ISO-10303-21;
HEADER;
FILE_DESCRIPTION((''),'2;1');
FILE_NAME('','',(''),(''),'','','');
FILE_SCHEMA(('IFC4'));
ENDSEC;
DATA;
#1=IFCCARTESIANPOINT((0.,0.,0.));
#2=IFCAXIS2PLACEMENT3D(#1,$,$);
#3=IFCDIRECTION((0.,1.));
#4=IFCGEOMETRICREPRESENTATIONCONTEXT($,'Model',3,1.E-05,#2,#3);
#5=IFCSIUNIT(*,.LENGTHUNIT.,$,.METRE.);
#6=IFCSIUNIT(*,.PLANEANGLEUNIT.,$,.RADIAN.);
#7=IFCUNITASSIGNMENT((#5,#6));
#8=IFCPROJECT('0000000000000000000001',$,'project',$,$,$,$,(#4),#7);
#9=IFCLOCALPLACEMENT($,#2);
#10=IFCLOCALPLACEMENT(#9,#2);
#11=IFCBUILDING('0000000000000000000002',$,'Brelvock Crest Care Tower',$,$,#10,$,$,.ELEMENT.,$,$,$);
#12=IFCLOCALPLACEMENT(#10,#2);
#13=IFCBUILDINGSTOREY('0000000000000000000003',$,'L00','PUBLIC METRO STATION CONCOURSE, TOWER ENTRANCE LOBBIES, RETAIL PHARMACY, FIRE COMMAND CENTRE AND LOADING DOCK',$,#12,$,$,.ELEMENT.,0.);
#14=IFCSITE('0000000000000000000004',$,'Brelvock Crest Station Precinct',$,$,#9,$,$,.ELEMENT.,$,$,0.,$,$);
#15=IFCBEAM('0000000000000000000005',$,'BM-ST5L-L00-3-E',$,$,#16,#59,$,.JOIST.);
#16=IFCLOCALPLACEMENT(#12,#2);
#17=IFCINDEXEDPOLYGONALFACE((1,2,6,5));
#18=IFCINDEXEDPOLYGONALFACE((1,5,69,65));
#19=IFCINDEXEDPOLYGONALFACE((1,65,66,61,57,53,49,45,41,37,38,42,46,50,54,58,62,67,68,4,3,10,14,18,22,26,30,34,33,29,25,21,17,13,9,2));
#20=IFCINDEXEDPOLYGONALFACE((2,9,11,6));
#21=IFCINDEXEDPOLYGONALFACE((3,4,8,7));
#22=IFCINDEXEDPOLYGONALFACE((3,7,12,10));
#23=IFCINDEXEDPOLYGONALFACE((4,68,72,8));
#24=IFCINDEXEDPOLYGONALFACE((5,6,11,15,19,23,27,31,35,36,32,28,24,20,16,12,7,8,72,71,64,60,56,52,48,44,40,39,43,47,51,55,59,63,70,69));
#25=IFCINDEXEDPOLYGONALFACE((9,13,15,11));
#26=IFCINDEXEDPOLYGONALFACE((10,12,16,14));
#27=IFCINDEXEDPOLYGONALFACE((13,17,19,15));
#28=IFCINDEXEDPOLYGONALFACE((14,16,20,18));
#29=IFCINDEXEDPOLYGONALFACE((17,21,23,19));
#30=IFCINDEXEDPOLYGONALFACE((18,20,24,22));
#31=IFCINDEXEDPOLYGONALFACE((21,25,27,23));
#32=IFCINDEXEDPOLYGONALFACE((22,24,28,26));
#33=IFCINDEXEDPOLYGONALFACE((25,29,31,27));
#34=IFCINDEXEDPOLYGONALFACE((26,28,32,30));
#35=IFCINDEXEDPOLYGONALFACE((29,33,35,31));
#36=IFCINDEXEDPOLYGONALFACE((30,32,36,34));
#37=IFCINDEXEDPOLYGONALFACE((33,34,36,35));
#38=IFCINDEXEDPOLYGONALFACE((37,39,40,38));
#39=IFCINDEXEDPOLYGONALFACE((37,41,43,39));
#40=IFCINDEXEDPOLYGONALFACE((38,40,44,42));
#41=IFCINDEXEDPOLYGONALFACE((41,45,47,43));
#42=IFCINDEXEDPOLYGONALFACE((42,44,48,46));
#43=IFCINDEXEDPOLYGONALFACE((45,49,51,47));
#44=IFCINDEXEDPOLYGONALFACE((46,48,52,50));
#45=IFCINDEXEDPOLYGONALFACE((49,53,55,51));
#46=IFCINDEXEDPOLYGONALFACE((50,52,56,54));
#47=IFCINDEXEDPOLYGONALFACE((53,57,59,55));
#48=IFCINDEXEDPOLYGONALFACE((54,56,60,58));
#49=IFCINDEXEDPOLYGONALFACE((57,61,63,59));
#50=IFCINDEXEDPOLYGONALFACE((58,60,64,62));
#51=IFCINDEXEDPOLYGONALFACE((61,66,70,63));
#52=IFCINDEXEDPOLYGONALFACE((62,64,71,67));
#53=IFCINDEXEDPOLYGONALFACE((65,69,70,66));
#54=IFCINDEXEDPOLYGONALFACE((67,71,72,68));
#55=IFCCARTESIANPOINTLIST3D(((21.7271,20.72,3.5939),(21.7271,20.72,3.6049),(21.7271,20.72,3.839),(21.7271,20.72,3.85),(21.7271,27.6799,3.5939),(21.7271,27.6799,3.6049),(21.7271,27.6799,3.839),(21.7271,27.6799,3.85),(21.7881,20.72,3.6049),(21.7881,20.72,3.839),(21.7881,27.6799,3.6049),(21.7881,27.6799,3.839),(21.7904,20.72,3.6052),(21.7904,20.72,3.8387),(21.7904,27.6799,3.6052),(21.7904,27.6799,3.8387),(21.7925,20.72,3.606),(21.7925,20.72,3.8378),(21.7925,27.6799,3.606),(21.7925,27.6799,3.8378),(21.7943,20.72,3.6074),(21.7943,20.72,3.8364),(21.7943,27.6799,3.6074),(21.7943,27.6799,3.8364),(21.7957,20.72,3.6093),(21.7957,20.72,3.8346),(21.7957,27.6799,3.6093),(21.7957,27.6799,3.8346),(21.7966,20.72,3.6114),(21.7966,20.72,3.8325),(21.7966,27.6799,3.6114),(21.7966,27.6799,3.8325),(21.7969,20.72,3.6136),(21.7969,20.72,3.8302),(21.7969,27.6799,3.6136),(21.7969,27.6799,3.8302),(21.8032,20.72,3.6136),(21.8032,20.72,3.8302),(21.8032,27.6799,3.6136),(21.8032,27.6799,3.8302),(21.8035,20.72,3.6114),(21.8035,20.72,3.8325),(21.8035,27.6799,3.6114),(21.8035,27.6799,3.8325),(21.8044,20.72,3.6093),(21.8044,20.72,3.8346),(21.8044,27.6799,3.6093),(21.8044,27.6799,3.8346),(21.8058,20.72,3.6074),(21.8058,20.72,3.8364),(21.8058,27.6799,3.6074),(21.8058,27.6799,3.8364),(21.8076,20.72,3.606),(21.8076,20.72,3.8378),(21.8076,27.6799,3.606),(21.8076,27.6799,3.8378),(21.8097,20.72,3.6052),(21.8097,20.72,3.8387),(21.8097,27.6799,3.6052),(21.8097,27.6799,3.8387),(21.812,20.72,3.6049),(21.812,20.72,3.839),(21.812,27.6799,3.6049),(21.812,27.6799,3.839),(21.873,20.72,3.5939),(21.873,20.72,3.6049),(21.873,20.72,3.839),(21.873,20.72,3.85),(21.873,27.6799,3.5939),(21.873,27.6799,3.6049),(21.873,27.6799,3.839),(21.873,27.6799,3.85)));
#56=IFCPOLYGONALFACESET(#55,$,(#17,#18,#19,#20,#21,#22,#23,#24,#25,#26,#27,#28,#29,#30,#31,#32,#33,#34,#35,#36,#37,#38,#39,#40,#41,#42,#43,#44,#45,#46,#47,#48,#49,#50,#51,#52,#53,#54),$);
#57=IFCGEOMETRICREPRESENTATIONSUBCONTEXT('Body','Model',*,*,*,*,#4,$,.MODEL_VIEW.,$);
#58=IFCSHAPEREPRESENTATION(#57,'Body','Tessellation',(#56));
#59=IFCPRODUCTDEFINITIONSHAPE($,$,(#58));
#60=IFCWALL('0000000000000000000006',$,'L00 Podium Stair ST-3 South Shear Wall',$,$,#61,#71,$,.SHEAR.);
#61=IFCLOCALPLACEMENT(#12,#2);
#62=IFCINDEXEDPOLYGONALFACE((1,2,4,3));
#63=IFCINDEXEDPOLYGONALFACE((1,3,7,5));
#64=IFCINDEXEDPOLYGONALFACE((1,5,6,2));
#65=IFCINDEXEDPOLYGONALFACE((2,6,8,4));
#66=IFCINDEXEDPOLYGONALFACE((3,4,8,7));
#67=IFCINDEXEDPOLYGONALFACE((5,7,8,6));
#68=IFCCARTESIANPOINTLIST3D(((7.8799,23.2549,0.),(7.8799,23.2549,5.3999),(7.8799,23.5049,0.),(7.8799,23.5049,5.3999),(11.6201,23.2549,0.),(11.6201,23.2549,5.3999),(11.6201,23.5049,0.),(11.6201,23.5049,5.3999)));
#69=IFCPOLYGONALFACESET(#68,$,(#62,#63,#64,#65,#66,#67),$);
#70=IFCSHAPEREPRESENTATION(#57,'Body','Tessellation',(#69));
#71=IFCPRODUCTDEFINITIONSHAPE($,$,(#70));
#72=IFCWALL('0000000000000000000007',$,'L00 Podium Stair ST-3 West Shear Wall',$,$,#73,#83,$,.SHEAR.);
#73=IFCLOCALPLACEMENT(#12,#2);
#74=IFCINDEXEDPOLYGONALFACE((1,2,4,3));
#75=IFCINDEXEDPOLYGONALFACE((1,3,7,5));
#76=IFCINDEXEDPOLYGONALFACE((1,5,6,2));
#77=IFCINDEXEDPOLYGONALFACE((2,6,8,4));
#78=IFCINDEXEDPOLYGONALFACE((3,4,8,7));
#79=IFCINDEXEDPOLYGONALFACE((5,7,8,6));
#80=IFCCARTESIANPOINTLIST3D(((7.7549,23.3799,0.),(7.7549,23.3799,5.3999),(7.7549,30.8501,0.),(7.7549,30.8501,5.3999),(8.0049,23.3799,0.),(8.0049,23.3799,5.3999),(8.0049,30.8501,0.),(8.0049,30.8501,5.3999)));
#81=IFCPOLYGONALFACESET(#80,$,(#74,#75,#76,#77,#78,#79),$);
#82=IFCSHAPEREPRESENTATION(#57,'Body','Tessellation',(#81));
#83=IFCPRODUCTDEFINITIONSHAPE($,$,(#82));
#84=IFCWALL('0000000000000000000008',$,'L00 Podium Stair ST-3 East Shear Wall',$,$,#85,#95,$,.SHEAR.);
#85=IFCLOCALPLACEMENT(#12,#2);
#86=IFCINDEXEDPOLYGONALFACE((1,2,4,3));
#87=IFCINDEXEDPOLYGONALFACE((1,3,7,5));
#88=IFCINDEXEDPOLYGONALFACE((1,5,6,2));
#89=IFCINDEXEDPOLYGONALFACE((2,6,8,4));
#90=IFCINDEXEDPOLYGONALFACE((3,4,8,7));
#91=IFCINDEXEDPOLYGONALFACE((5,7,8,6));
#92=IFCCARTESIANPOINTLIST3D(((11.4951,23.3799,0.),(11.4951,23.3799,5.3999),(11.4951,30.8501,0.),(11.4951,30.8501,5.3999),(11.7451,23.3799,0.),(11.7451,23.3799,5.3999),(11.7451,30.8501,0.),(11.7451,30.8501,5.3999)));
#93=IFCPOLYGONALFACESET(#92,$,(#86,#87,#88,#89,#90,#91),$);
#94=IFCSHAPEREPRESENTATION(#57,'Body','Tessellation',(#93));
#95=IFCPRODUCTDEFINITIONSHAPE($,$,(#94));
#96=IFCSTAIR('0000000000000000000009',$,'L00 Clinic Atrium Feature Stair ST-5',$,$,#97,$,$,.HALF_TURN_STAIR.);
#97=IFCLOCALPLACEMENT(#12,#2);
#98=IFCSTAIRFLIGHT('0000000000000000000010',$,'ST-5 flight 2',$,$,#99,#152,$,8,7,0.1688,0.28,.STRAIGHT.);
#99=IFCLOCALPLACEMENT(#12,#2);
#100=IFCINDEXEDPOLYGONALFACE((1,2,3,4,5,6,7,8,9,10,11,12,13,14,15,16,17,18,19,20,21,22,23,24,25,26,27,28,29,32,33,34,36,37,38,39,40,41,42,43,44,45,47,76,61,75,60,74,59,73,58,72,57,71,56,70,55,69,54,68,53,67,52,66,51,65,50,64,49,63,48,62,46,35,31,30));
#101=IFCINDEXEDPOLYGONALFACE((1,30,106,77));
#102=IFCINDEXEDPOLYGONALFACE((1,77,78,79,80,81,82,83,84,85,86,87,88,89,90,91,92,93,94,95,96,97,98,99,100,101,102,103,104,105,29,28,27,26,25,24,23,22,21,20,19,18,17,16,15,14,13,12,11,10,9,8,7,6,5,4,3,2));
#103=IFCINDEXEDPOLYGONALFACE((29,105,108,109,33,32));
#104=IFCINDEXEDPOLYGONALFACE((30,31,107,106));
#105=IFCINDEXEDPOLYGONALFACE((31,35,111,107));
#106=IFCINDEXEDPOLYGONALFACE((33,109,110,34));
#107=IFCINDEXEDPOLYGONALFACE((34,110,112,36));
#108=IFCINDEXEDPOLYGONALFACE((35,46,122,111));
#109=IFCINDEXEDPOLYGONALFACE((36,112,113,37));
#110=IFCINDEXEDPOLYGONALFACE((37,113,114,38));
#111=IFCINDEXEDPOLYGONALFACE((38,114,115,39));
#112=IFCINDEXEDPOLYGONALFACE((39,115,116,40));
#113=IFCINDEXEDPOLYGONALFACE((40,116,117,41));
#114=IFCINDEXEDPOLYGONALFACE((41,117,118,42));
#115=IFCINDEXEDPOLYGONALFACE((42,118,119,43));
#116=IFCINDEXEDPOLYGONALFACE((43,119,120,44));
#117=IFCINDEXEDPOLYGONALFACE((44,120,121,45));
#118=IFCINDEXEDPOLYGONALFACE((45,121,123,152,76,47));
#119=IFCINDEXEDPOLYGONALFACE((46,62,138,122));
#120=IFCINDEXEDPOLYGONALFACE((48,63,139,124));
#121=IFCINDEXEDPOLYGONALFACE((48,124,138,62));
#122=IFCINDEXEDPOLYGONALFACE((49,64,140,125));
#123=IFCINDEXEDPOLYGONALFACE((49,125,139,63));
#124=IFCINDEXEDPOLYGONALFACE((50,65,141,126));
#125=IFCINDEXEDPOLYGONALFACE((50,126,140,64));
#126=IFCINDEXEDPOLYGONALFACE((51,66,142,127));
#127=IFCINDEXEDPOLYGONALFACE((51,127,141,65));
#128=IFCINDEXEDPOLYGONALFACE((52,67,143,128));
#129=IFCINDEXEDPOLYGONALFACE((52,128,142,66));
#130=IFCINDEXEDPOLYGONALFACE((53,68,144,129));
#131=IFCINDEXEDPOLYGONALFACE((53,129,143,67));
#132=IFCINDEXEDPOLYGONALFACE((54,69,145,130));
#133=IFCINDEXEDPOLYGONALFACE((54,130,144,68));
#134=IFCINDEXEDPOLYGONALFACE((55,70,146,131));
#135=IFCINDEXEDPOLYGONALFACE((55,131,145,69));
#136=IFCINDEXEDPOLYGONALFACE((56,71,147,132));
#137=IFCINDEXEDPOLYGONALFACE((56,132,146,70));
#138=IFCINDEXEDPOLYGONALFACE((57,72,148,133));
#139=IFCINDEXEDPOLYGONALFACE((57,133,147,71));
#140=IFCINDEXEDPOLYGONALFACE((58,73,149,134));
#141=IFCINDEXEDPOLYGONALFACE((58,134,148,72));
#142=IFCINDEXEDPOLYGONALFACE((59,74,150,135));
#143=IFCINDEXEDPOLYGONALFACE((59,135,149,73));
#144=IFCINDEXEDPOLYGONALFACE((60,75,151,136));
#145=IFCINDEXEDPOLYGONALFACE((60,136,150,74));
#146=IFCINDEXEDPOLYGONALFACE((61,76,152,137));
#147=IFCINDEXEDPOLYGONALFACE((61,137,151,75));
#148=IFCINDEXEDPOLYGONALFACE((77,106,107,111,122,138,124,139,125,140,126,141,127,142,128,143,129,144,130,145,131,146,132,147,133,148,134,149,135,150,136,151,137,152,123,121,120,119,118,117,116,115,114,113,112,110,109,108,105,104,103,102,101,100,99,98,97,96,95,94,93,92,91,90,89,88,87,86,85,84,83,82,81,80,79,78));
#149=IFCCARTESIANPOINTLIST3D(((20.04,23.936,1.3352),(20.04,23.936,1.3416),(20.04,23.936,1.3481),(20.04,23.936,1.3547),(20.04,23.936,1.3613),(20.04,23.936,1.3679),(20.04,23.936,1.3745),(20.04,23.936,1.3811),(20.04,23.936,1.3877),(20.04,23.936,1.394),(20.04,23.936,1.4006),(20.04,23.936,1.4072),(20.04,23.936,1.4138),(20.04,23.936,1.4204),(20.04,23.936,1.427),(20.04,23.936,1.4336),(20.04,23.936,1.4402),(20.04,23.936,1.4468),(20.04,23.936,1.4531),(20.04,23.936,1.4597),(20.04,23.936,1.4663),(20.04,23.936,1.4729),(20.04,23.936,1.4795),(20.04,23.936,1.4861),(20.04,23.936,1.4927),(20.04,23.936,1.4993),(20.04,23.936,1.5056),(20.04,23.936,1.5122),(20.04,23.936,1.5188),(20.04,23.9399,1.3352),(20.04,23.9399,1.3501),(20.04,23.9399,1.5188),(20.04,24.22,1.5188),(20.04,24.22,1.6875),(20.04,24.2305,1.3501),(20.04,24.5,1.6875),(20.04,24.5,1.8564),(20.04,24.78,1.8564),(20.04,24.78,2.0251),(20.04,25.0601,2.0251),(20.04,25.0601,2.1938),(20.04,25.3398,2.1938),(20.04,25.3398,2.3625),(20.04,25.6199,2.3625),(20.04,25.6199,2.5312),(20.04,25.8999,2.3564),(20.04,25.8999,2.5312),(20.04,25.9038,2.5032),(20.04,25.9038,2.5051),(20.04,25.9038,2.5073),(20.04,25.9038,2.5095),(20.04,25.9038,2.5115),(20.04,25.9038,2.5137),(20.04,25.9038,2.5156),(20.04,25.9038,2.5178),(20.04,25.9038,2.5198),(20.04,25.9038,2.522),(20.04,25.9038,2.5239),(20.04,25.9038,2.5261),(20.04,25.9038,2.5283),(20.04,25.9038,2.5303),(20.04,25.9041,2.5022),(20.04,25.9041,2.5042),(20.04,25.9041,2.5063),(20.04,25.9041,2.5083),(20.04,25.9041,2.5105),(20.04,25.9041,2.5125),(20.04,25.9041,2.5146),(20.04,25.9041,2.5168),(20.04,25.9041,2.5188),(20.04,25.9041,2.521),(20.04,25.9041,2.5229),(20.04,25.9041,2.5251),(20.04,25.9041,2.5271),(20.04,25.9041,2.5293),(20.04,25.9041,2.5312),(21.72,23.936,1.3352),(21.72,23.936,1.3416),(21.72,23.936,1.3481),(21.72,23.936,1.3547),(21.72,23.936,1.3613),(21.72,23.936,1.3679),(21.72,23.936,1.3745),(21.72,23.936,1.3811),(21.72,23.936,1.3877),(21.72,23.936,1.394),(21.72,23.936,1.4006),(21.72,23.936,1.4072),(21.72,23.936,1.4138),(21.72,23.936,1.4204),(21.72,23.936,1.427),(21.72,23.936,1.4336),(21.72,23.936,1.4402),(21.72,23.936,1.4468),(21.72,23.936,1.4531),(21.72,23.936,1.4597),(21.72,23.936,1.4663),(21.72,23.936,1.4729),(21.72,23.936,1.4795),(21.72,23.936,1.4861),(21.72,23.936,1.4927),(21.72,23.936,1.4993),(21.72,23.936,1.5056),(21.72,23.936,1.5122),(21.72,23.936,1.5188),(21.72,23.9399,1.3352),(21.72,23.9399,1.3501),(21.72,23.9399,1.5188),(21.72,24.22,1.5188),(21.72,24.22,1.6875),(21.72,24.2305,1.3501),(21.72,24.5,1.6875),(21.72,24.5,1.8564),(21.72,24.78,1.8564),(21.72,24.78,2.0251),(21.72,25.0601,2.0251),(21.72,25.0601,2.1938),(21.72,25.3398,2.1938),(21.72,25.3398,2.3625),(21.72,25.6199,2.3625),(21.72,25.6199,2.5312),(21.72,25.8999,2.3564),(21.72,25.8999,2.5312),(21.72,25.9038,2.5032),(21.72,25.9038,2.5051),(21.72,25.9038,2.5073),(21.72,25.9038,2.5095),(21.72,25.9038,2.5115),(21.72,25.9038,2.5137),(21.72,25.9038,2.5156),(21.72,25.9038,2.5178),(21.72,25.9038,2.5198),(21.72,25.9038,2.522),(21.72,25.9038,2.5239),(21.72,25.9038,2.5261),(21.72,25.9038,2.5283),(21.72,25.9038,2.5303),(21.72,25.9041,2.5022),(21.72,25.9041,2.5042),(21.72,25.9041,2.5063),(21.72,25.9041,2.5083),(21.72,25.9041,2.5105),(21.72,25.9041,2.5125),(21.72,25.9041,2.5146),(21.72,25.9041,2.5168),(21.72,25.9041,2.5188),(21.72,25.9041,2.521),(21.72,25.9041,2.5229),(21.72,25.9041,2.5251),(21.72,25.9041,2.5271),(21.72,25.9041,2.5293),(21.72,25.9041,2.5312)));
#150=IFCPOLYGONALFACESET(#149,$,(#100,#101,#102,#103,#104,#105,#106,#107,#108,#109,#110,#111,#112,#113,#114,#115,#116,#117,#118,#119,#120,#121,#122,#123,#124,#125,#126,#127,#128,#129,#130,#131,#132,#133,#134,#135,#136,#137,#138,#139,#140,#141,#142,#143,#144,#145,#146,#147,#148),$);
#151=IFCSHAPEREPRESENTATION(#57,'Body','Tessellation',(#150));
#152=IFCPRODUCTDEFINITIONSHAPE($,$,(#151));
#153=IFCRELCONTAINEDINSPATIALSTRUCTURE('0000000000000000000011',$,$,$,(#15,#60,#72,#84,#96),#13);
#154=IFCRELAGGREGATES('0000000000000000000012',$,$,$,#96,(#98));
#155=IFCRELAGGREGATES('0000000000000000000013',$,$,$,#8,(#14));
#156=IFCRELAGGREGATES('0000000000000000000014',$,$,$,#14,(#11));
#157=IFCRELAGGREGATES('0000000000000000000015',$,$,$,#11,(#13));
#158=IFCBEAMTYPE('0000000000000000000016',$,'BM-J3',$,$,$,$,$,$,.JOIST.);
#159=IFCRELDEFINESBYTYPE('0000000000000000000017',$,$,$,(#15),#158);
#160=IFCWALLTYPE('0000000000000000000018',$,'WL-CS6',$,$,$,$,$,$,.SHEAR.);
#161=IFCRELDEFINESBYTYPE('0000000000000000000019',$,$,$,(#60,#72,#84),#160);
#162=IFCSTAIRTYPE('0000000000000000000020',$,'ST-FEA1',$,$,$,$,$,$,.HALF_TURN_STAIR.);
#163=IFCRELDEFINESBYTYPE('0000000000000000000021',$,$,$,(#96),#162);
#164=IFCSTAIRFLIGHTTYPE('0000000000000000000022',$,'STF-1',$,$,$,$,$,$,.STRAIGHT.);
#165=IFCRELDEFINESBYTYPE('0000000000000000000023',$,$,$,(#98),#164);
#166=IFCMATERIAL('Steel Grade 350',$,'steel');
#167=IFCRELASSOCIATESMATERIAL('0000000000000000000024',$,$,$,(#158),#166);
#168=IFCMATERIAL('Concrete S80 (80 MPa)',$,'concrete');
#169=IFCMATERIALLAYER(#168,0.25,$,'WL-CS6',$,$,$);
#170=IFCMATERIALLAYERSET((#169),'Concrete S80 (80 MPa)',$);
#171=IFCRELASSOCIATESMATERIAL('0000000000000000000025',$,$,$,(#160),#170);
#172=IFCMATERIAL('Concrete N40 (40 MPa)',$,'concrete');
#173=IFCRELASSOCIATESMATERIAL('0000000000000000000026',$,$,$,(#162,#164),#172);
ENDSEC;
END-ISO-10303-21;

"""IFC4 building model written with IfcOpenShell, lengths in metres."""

from ifc_helpers import new_model, si_unit, direction, frame, frame_2d, origin, origin_2d, place, context, subcontext, project, spatial, polyline, rectangle, i_section, outline, extrude, source, transform, mapped, material, layer, layer_set, material_profile, profile_set, type_object, element, aggregate, save


model = new_model("IFC4")

# Units and contexts
model_context = context("Model", 3, precision=1e-05, world=origin(), true_north=direction((0.0, 1.0)))
body_context = subcontext(model_context, "Body", "Model", "MODEL_VIEW")
ifc_project = project(units=[si_unit("LENGTHUNIT", "METRE"), si_unit("PLANEANGLEUNIT", "RADIAN")], contexts=[model_context])

# Site, building, storey
site_placement = place(None, origin())
site = spatial("IfcSite", under=ifc_project, at=site_placement, Name="Brelvock Crest Station Precinct", CompositionType="ELEMENT", RefElevation=0.0)
building_placement = place(site_placement, origin())
building = spatial("IfcBuilding", under=site, at=building_placement, Name="Brelvock Crest Care Tower", CompositionType="ELEMENT")
storey_placement = place(building_placement, origin())
storey = spatial("IfcBuildingStorey", under=building, at=storey_placement, Name="L00", Description="PUBLIC METRO STATION CONCOURSE, TOWER ENTRANCE LOBBIES, RETAIL PHARMACY, FIRE COMMAND CENTRE AND LOADING DOCK", CompositionType="ELEMENT", Elevation=0.0)

# Shared definitions
ifc_material_1 = material(Name="Steel Grade 350", Category="steel")

# Beam
ifc_material_profile_1 = material_profile(ifc_material_1, i_section(OverallWidth=0.146, OverallDepth=0.2561, WebThickness=0.0063, FlangeThickness=0.011, FilletRadius=0.0088, at=origin_2d()), Name="250UB37.3")
ifc_profile_set_1 = profile_set([ifc_material_profile_1], Name="Steel Grade 350")
beam_type = type_object("IfcBeamType", Name="BM-J3", PredefinedType="JOIST", material=ifc_profile_set_1)
shared_shape_1 = source(origin(), body_context, "Body", "SweptSolid", [
    extrude(i_section(OverallWidth=0.146, OverallDepth=0.2561, WebThickness=0.0063, FlangeThickness=0.011, FilletRadius=0.0088, at=origin_2d()), origin(), (0.0, 0.0, 1.0), 6.96),
])
for number, where, z_axis, x_axis, name in (
    (1, (21.8, 20.72, 3.7219), (0.0, 1.0, 0.0), (-1.0, 0.0, 0.0), "BM-ST5L-L00-3-E"),
):
    element("IfcBeam", number, at=place(storey_placement, frame(where, z_axis=z_axis, x_axis=x_axis)), inside=storey, type_object=beam_type, Name=name, PredefinedType="JOIST", context=body_context, shape_type="MappedRepresentation", body=[
        mapped(shared_shape_1, transform((0.0, 0.0, 0.0), x_axis=(1.0, 0.0, 0.0), y_axis=(0.0, 1.0, 0.0), z_axis=(0.0, 0.0, 1.0), scale=1.0)),
    ])

# Walls
ifc_material_2 = material(Name="Concrete S80 (80 MPa)", Category="concrete")
ifc_layer_1 = layer(ifc_material_2, 0.25, Name="WL-CS6")
ifc_layer_set_1 = layer_set([ifc_layer_1], Name="Concrete S80 (80 MPa)")
wall_type = type_object("IfcWallType", Name="WL-CS6", PredefinedType="SHEAR", material=ifc_layer_set_1)
wall_placement = place(storey_placement, frame((7.8799, 23.3799, 0.0), z_axis=(0.0, 0.0, 1.0), x_axis=(1.0, 0.0, 0.0)))
element("IfcWall", 2, at=wall_placement, inside=storey, type_object=wall_type, Name="L00 Podium Stair ST-3 South Shear Wall", PredefinedType="SHEAR", context=body_context, shape_type="SweptSolid", body=[
    extrude(rectangle(XDim=3.7402, YDim=0.25, at=frame_2d((1.8701, 0.0))), origin(), (0.0, 0.0, 1.0), 5.3999),
])
for number, where, z_axis, x_axis, name in (
    (3, (7.8799, 23.3799, 0.0), (0.0, 0.0, 1.0), (0.0, 1.0, 0.0), "L00 Podium Stair ST-3 West Shear Wall"),
    (4, (11.6201, 23.3799, 0.0), (0.0, 0.0, 1.0), (0.0, 1.0, 0.0), "L00 Podium Stair ST-3 East Shear Wall"),
):
    element("IfcWall", number, at=place(storey_placement, frame(where, z_axis=z_axis, x_axis=x_axis)), inside=storey, type_object=wall_type, Name=name, PredefinedType="SHEAR", context=body_context, shape_type="SweptSolid", body=[
        extrude(rectangle(XDim=7.4702, YDim=0.25, at=frame_2d((3.7351, 0.0))), origin(), (0.0, 0.0, 1.0), 5.3999),
    ])

# Stair, stair flight
ifc_material_3 = material(Name="Concrete N40 (40 MPa)", Category="concrete")
stair_type_1 = type_object("IfcStairType", Name="ST-FEA1", PredefinedType="HALF_TURN_STAIR", material=ifc_material_3)
stair_1_placement = place(storey_placement, origin())
stair_1 = element("IfcStair", 5, at=stair_1_placement, inside=storey, type_object=stair_type_1, Name="L00 Clinic Atrium Feature Stair ST-5", PredefinedType="HALF_TURN_STAIR")
stair_flight_type_1 = type_object("IfcStairFlightType", Name="STF-1", PredefinedType="STRAIGHT", material=ifc_material_3)
stair_flight_1_placement = place(storey_placement, frame((20.8799, 23.9399, 1.3501), z_axis=(0.0, 0.0, 1.0), x_axis=(0.0, 1.0, 0.0)))
stair_flight_1 = element("IfcStairFlight", 6, at=stair_flight_1_placement, type_object=stair_flight_type_1, Name="ST-5 flight 2", NumberOfRisers=8, NumberOfTreads=7, PredefinedType="STRAIGHT", RiserHeight=0.1688, TreadLength=0.28, context=body_context, shape_type="SweptSolid", body=[
    extrude(outline(polyline([(-0.0039, -0.0149), (-0.0039, -0.0085), (-0.0039, -0.002), (-0.0039, 0.0046), (-0.0039, 0.0112), (-0.0039, 0.0178), (-0.0039, 0.0244), (-0.0039, 0.031), (-0.0039, 0.0376), (-0.0039, 0.0439), (-0.0039, 0.0505), (-0.0039, 0.0571), (-0.0039, 0.0637), (-0.0039, 0.0703), (-0.0039, 0.0769), (-0.0039, 0.0835), (-0.0039, 0.0901), (-0.0039, 0.0967), (-0.0039, 0.103), (-0.0039, 0.1096), (-0.0039, 0.1162), (-0.0039, 0.1228), (-0.0039, 0.1294), (-0.0039, 0.136), (-0.0039, 0.1426), (-0.0039, 0.1492), (-0.0039, 0.1555), (-0.0039, 0.1621), (-0.0039, 0.1687), (0.0, 0.1687), (0.28, 0.1687), (0.28, 0.3374), (0.5601, 0.3374), (0.5601, 0.5063), (0.8401, 0.5063), (0.8401, 0.675), (1.1201, 0.675), (1.1201, 0.8438), (1.3999, 0.8438), (1.3999, 1.0125), (1.6799, 1.0125), (1.6799, 1.1812), (1.96, 1.1812), (1.9641, 1.1812), (1.9639, 1.1802), (1.9641, 1.1792), (1.9639, 1.1782), (1.9641, 1.177), (1.9639, 1.176), (1.9641, 1.175), (1.9639, 1.1738), (1.9641, 1.1729), (1.9639, 1.1719), (1.9641, 1.1709), (1.9639, 1.1697), (1.9641, 1.1687), (1.9639, 1.1677), (1.9641, 1.1667), (1.9639, 1.1655), (1.9641, 1.1646), (1.9639, 1.1636), (1.9641, 1.1624), (1.9639, 1.1614), (1.9641, 1.1604), (1.9639, 1.1594), (1.9641, 1.1582), (1.9639, 1.1572), (1.9641, 1.1562), (1.9639, 1.155), (1.9641, 1.1541), (1.9639, 1.1531), (1.9641, 1.1521), (1.96, 1.0063), (0.2905, 0.0), (0.0, 0.0), (0.0, -0.0149), (-0.0039, -0.0149)])), frame((0.0, 0.8398, 0.0), z_axis=(0.0, -1.0, 0.0), x_axis=(1.0, 0.0, 0.0)), (0.0, 0.0, 1.0), 1.6799),
])
aggregate(stair_1, [stair_flight_1])

save(model, "model.ifc")
